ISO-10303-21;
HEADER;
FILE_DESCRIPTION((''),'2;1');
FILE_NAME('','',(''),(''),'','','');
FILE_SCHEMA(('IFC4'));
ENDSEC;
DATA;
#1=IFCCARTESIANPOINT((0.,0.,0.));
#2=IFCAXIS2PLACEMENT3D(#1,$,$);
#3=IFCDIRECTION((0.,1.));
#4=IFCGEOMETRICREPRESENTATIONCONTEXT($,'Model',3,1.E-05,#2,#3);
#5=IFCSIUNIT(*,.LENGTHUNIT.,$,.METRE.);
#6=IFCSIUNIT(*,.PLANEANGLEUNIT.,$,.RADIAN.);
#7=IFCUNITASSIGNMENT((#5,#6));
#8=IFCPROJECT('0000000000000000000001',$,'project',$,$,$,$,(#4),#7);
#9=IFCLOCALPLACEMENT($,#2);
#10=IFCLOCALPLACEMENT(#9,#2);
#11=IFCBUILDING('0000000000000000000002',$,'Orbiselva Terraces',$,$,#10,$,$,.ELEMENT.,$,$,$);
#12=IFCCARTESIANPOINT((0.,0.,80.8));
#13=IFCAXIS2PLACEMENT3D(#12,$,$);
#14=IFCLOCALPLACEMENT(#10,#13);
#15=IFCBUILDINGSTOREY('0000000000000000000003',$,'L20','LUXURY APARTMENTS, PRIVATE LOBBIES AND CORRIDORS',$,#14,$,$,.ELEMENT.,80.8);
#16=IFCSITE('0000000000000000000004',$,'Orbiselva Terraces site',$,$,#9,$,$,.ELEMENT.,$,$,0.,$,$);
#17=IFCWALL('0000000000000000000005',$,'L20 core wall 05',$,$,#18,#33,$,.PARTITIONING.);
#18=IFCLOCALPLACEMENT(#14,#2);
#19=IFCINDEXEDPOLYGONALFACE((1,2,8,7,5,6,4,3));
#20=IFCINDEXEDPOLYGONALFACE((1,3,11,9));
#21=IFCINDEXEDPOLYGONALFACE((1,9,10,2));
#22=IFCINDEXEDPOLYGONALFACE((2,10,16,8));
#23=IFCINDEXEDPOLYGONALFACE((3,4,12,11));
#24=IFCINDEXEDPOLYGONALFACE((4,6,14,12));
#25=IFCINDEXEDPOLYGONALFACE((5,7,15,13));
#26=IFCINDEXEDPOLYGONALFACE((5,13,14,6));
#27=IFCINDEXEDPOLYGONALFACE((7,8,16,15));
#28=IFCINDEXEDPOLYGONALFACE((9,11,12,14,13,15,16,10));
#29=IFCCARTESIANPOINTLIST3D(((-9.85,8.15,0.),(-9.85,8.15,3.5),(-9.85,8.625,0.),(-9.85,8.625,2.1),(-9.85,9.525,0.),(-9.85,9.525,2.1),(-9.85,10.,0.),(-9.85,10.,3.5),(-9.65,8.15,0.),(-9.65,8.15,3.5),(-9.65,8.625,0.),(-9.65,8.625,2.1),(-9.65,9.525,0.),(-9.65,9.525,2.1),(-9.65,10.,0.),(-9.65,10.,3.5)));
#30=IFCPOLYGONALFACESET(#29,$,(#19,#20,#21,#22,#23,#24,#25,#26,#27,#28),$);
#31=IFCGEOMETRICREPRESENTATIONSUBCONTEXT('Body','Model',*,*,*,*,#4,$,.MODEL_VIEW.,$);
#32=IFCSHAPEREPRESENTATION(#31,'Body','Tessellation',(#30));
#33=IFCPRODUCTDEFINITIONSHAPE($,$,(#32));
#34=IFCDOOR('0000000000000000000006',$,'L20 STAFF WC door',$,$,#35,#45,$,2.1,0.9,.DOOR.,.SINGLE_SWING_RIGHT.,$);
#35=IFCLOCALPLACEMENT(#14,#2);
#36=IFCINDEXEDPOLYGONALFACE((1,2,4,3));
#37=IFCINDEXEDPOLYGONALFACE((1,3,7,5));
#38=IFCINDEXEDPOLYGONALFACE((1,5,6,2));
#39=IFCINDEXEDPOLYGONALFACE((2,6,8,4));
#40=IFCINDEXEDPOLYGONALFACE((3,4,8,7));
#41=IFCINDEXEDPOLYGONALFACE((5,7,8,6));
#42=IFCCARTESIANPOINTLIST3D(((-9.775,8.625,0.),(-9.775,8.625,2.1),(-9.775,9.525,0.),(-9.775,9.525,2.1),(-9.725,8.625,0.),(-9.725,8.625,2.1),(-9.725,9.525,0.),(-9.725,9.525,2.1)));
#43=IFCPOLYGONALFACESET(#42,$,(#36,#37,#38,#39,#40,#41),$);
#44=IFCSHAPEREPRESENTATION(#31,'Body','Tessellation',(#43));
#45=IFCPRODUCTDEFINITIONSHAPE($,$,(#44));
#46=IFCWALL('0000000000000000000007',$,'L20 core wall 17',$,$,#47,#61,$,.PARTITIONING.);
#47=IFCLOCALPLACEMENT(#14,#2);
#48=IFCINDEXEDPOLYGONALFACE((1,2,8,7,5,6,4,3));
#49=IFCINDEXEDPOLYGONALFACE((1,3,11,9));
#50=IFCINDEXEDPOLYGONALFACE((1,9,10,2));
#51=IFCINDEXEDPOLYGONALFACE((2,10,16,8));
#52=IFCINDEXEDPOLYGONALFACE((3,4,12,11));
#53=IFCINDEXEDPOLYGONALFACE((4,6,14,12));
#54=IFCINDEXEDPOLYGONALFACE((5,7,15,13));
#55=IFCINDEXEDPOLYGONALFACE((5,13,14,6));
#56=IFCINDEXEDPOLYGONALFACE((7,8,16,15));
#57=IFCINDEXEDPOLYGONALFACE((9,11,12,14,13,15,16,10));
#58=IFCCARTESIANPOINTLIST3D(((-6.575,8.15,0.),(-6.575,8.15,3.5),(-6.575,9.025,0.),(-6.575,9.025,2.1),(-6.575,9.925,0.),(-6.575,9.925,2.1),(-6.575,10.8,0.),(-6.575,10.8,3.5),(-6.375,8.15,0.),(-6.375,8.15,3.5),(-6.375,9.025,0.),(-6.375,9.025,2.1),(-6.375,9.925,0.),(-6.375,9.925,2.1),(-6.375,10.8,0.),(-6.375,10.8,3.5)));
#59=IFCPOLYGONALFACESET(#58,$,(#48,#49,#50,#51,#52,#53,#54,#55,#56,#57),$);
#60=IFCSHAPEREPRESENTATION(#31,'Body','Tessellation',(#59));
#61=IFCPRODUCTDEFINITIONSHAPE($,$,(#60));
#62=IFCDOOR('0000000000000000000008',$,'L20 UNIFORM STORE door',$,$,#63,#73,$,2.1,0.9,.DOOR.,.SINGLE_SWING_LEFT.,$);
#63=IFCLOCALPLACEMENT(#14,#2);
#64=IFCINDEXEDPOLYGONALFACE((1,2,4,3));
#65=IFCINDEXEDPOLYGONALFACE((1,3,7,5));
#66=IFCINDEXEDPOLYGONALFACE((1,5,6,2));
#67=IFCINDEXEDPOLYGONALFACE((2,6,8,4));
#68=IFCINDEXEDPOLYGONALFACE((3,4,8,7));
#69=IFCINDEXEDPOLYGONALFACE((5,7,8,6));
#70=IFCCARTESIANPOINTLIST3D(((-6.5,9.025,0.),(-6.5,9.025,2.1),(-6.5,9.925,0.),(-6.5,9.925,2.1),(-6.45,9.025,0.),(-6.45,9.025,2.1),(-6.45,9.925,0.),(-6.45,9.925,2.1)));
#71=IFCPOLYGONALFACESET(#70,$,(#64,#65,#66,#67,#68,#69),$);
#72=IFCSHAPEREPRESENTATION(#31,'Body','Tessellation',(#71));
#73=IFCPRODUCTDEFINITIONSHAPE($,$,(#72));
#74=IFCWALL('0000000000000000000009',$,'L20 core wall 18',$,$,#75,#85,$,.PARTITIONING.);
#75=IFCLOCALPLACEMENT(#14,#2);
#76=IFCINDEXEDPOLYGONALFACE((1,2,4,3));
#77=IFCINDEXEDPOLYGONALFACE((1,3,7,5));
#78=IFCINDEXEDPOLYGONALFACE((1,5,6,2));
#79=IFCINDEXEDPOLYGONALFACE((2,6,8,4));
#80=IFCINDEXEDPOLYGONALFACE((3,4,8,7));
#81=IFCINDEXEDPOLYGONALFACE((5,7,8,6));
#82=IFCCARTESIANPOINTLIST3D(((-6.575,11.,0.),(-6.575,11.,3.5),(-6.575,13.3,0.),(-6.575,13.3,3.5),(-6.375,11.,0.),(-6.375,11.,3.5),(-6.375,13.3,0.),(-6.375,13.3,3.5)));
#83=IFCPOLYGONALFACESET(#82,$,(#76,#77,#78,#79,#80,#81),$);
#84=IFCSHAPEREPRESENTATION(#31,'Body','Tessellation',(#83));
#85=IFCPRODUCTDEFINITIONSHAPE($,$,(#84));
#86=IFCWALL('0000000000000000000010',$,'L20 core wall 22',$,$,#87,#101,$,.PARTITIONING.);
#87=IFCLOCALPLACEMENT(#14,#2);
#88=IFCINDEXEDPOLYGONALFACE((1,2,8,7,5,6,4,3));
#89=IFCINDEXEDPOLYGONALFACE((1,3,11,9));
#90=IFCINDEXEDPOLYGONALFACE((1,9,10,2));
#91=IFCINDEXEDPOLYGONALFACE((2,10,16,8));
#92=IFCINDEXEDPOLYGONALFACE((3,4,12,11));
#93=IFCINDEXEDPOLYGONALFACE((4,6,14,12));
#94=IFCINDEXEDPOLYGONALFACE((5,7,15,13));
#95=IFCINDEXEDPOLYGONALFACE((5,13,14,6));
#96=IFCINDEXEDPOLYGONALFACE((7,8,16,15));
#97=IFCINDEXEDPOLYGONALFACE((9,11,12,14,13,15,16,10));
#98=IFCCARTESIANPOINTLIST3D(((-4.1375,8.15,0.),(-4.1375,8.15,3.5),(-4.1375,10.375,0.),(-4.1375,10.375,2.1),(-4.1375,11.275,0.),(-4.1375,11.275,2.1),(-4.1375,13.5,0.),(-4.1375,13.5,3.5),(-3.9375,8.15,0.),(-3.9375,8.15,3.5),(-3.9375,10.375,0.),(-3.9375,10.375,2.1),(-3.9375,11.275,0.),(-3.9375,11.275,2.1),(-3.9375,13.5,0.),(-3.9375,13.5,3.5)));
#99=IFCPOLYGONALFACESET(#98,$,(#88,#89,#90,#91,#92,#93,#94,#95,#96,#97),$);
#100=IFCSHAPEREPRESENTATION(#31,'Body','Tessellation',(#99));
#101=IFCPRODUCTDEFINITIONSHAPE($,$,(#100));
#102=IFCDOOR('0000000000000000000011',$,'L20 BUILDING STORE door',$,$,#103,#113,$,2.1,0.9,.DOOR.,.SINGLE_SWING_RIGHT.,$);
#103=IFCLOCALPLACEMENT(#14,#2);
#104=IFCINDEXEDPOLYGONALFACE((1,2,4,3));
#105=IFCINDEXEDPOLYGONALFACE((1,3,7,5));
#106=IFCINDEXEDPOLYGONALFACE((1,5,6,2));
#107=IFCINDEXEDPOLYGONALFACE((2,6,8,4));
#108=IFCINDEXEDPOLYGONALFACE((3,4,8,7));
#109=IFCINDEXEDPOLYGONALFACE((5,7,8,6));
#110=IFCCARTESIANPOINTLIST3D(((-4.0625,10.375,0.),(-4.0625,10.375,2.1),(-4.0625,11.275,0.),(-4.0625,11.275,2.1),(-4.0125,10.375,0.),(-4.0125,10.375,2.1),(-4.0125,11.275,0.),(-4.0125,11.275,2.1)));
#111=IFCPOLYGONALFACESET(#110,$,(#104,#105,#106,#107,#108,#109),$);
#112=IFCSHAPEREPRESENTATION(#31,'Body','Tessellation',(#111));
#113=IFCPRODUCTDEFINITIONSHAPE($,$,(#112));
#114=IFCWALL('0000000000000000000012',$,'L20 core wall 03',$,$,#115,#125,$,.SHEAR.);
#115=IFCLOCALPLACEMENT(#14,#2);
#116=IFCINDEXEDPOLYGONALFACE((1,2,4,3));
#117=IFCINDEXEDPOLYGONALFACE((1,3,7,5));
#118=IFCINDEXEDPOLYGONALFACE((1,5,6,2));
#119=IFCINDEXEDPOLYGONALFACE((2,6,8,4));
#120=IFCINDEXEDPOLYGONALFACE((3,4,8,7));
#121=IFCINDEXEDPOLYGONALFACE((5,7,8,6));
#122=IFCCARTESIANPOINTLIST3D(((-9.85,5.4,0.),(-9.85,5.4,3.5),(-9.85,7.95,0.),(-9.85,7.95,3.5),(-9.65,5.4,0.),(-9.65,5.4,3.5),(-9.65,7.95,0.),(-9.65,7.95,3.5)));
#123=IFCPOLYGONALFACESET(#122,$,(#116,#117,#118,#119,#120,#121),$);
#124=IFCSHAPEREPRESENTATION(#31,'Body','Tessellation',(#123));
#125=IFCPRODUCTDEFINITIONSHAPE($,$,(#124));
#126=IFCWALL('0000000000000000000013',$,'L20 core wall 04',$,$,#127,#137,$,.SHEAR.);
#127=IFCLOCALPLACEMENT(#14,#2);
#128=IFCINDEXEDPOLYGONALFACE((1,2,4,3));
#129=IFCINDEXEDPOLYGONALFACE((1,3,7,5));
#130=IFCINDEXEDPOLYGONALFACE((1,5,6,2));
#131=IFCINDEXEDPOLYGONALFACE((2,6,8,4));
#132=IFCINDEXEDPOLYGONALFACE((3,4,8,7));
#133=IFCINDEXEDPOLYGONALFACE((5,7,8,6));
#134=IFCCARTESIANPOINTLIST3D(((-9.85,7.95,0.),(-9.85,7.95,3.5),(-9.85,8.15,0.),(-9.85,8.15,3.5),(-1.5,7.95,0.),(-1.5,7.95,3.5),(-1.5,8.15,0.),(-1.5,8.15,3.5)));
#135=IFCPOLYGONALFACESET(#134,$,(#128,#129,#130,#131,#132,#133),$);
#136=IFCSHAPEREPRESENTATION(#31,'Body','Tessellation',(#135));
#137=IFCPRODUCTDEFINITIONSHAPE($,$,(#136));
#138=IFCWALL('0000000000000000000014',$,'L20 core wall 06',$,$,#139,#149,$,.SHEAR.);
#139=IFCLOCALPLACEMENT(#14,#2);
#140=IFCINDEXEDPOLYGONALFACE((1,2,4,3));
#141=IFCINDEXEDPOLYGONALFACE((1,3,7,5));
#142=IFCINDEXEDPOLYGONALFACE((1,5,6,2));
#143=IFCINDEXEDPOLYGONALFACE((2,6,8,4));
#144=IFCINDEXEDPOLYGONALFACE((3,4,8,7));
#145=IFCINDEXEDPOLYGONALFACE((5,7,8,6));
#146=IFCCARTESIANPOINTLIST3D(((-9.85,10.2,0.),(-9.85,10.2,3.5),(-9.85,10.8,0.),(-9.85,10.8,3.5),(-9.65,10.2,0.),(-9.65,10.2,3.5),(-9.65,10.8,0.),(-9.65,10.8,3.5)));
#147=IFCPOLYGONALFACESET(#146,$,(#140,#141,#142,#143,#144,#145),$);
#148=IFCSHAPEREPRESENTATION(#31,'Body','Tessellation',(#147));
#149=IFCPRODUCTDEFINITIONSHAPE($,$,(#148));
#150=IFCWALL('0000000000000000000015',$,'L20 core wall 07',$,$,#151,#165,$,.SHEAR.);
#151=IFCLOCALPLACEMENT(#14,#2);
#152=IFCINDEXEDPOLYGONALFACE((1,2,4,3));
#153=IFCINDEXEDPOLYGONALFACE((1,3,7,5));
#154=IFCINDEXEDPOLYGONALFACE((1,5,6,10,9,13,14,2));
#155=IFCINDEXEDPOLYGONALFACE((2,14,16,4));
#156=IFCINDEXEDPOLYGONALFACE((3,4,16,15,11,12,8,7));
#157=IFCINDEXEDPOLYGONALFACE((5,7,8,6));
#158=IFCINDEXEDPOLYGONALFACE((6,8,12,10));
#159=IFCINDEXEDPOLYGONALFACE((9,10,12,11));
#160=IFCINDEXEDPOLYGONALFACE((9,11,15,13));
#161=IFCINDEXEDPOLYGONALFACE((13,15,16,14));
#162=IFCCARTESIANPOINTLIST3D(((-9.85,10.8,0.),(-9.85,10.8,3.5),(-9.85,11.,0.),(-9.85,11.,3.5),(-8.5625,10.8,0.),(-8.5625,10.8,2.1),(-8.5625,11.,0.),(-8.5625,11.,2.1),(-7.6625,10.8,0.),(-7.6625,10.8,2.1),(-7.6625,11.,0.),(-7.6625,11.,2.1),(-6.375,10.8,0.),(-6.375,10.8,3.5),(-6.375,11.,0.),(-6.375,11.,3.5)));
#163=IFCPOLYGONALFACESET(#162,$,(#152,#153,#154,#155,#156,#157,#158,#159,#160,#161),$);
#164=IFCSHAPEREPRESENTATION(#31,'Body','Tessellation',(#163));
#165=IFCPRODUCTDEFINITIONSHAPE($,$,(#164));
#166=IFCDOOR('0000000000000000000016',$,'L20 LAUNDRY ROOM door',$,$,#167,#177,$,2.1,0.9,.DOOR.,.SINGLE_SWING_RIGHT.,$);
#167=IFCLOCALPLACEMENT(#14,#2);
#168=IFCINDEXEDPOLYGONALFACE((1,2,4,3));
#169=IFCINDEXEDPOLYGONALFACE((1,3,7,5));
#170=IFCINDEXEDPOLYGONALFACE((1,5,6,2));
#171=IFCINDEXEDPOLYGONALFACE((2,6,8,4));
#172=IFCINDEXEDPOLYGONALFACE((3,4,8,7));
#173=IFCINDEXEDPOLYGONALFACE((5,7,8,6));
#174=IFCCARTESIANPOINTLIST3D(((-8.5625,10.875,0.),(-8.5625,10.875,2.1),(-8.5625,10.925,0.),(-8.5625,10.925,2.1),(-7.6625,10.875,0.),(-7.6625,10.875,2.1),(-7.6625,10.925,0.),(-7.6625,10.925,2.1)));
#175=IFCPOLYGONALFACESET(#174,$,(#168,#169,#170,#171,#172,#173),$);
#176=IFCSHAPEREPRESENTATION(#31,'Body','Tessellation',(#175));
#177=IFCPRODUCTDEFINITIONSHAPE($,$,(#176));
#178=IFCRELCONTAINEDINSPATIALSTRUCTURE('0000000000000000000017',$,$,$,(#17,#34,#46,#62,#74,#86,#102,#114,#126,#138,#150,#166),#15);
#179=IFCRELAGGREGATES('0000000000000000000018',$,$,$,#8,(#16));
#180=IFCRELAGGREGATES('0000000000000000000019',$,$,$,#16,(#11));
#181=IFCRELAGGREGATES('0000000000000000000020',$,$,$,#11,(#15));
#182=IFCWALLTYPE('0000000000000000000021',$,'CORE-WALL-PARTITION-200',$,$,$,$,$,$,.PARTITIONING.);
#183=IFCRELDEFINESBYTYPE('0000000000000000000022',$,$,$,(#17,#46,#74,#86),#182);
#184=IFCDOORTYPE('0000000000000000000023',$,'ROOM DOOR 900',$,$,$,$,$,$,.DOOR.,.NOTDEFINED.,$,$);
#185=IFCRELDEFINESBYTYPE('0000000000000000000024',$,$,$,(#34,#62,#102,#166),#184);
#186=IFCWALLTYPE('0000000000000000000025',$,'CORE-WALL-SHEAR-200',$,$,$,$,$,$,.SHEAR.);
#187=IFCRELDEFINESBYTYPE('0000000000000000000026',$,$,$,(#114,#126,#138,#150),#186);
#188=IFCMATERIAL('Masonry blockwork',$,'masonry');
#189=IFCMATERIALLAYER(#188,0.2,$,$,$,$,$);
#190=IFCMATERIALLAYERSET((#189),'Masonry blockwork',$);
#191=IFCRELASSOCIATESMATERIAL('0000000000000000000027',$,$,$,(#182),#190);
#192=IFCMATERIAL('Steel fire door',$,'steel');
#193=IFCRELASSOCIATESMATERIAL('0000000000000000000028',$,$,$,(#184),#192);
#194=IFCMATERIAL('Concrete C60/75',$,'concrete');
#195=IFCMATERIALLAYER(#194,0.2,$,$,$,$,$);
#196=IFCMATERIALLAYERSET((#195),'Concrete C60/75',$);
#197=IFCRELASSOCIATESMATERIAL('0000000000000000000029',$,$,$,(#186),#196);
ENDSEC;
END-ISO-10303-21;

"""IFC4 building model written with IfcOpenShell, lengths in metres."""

from ifc_helpers import new_model, si_unit, direction, frame, frame_2d, origin, place, context, subcontext, project, spatial, rectangle, extrude, material, layer, layer_set, type_object, element, fill, save


model = new_model("IFC4")

# Units and contexts
model_context = context("Model", 3, precision=1e-05, world=origin(), true_north=direction((0.0, 1.0)))
body_context = subcontext(model_context, "Body", "Model", "MODEL_VIEW")
ifc_project = project(units=[si_unit("LENGTHUNIT", "METRE"), si_unit("PLANEANGLEUNIT", "RADIAN")], contexts=[model_context])

# Site, building, storey
site_placement = place(None, origin())
site = spatial("IfcSite", under=ifc_project, at=site_placement, Name="Orbiselva Terraces site", CompositionType="ELEMENT", RefElevation=0.0)
building_placement = place(site_placement, origin())
building = spatial("IfcBuilding", under=site, at=building_placement, Name="Orbiselva Terraces", CompositionType="ELEMENT")
storey_placement = place(building_placement, frame((0.0, 0.0, 80.8)))
storey = spatial("IfcBuildingStorey", under=building, at=storey_placement, Name="L20", Description="LUXURY APARTMENTS, PRIVATE LOBBIES AND CORRIDORS", CompositionType="ELEMENT", Elevation=80.8)

# Walls, openings, doors
ifc_material_1 = material(Name="Masonry blockwork", Category="masonry")
ifc_layer_1 = layer(ifc_material_1, 0.2)
ifc_layer_set_1 = layer_set([ifc_layer_1], Name="Masonry blockwork")
wall_type_1 = type_object("IfcWallType", Name="CORE-WALL-PARTITION-200", PredefinedType="PARTITIONING", material=ifc_layer_set_1)
wall_1_placement = place(storey_placement, frame((-9.75, 8.15, 0.0), z_axis=(0.0, 0.0, 1.0), x_axis=(0.0, 1.0, 0.0)))
wall_1 = element("IfcWall", 1, at=wall_1_placement, inside=storey, type_object=wall_type_1, Name="L20 core wall 05", PredefinedType="PARTITIONING", context=body_context, shape_type="SweptSolid", body=[
    extrude(rectangle(XDim=1.85, YDim=0.2, at=frame_2d((0.925, 0.0))), origin(), (0.0, 0.0, 1.0), 3.5),
])
opening_1_placement = place(wall_1_placement, frame((0.475, 0.0, 0.0)))
opening_1 = element("IfcOpeningElement", 2, at=opening_1_placement, cuts=wall_1, PredefinedType="OPENING", context=body_context, shape_type="SweptSolid", body=[
    extrude(rectangle(XDim=0.9, YDim=2.1, at=frame_2d((0.45, 1.05))), frame((0.0, 0.11, 0.0), z_axis=(0.0, -1.0, 0.0), x_axis=(1.0, 0.0, 0.0)), (0.0, 0.0, 1.0), 0.22),
])
ifc_material_2 = material(Name="Steel fire door", Category="steel")
door_type = type_object("IfcDoorType", Name="ROOM DOOR 900", OperationType="NOTDEFINED", PredefinedType="DOOR", material=ifc_material_2)
door_1_placement = place(opening_1_placement, origin())
door_1 = element("IfcDoor", 3, at=door_1_placement, inside=storey, type_object=door_type, Name="L20 STAFF WC door", OperationType="SINGLE_SWING_RIGHT", OverallHeight=2.1, OverallWidth=0.9, PredefinedType="DOOR", context=body_context, shape_type="SweptSolid", body=[
    extrude(rectangle(XDim=0.9, YDim=2.1, at=frame_2d((0.45, 1.05))), frame((0.0, 0.025, 0.0), z_axis=(0.0, -1.0, 0.0), x_axis=(1.0, 0.0, 0.0)), (0.0, 0.0, 1.0), 0.05),
])
fill(opening_1, door_1)
wall_2_placement = place(storey_placement, frame((-6.475, 8.15, 0.0), z_axis=(0.0, 0.0, 1.0), x_axis=(0.0, 1.0, 0.0)))
wall_2 = element("IfcWall", 4, at=wall_2_placement, inside=storey, type_object=wall_type_1, Name="L20 core wall 17", PredefinedType="PARTITIONING", context=body_context, shape_type="SweptSolid", body=[
    extrude(rectangle(XDim=2.65, YDim=0.2, at=frame_2d((1.325, 0.0))), origin(), (0.0, 0.0, 1.0), 3.5),
])
opening_2_placement = place(wall_2_placement, frame((0.875, 0.0, 0.0)))
opening_2 = element("IfcOpeningElement", 5, at=opening_2_placement, cuts=wall_2, PredefinedType="OPENING", context=body_context, shape_type="SweptSolid", body=[
    extrude(rectangle(XDim=0.9, YDim=2.1, at=frame_2d((0.45, 1.05))), frame((0.0, 0.11, 0.0), z_axis=(0.0, -1.0, 0.0), x_axis=(1.0, 0.0, 0.0)), (0.0, 0.0, 1.0), 0.22),
])
door_2_placement = place(opening_2_placement, origin())
door_2 = element("IfcDoor", 6, at=door_2_placement, inside=storey, type_object=door_type, Name="L20 UNIFORM STORE door", OperationType="SINGLE_SWING_LEFT", OverallHeight=2.1, OverallWidth=0.9, PredefinedType="DOOR", context=body_context, shape_type="SweptSolid", body=[
    extrude(rectangle(XDim=0.9, YDim=2.1, at=frame_2d((0.45, 1.05))), frame((0.0, 0.025, 0.0), z_axis=(0.0, -1.0, 0.0), x_axis=(1.0, 0.0, 0.0)), (0.0, 0.0, 1.0), 0.05),
])
fill(opening_2, door_2)

# Wall
wall_3_placement = place(storey_placement, frame((-6.475, 11.0, 0.0), z_axis=(0.0, 0.0, 1.0), x_axis=(0.0, 1.0, 0.0)))
element("IfcWall", 7, at=wall_3_placement, inside=storey, type_object=wall_type_1, Name="L20 core wall 18", PredefinedType="PARTITIONING", context=body_context, shape_type="SweptSolid", body=[
    extrude(rectangle(XDim=2.3, YDim=0.2, at=frame_2d((1.15, 0.0))), origin(), (0.0, 0.0, 1.0), 3.5),
])

# Wall, opening, door
wall_4_placement = place(storey_placement, frame((-4.0375, 8.15, 0.0), z_axis=(0.0, 0.0, 1.0), x_axis=(0.0, 1.0, 0.0)))
wall_4 = element("IfcWall", 8, at=wall_4_placement, inside=storey, type_object=wall_type_1, Name="L20 core wall 22", PredefinedType="PARTITIONING", context=body_context, shape_type="SweptSolid", body=[
    extrude(rectangle(XDim=5.35, YDim=0.2, at=frame_2d((2.675, 0.0))), origin(), (0.0, 0.0, 1.0), 3.5),
])
opening_3_placement = place(wall_4_placement, frame((2.225, 0.0, 0.0)))
opening_3 = element("IfcOpeningElement", 9, at=opening_3_placement, cuts=wall_4, PredefinedType="OPENING", context=body_context, shape_type="SweptSolid", body=[
    extrude(rectangle(XDim=0.9, YDim=2.1, at=frame_2d((0.45, 1.05))), frame((0.0, 0.11, 0.0), z_axis=(0.0, -1.0, 0.0), x_axis=(1.0, 0.0, 0.0)), (0.0, 0.0, 1.0), 0.22),
])
door_3_placement = place(opening_3_placement, origin())
door_3 = element("IfcDoor", 10, at=door_3_placement, inside=storey, type_object=door_type, Name="L20 BUILDING STORE door", OperationType="SINGLE_SWING_RIGHT", OverallHeight=2.1, OverallWidth=0.9, PredefinedType="DOOR", context=body_context, shape_type="SweptSolid", body=[
    extrude(rectangle(XDim=0.9, YDim=2.1, at=frame_2d((0.45, 1.05))), frame((0.0, 0.025, 0.0), z_axis=(0.0, -1.0, 0.0), x_axis=(1.0, 0.0, 0.0)), (0.0, 0.0, 1.0), 0.05),
])
fill(opening_3, door_3)

# Walls
ifc_material_3 = material(Name="Concrete C60/75", Category="concrete")
ifc_layer_2 = layer(ifc_material_3, 0.2)
ifc_layer_set_2 = layer_set([ifc_layer_2], Name="Concrete C60/75")
wall_type_2 = type_object("IfcWallType", Name="CORE-WALL-SHEAR-200", PredefinedType="SHEAR", material=ifc_layer_set_2)
wall_5_placement = place(storey_placement, frame((-9.75, 5.4, 0.0), z_axis=(0.0, 0.0, 1.0), x_axis=(0.0, 1.0, 0.0)))
element("IfcWall", 11, at=wall_5_placement, inside=storey, type_object=wall_type_2, Name="L20 core wall 03", PredefinedType="SHEAR", context=body_context, shape_type="SweptSolid", body=[
    extrude(rectangle(XDim=2.55, YDim=0.2, at=frame_2d((1.275, 0.0))), origin(), (0.0, 0.0, 1.0), 3.5),
])
wall_6_placement = place(storey_placement, frame((-9.85, 8.05, 0.0), z_axis=(0.0, 0.0, 1.0), x_axis=(1.0, 0.0, 0.0)))
element("IfcWall", 12, at=wall_6_placement, inside=storey, type_object=wall_type_2, Name="L20 core wall 04", PredefinedType="SHEAR", context=body_context, shape_type="SweptSolid", body=[
    extrude(rectangle(XDim=8.35, YDim=0.2, at=frame_2d((4.175, 0.0))), origin(), (0.0, 0.0, 1.0), 3.5),
])
wall_7_placement = place(storey_placement, frame((-9.75, 10.2, 0.0), z_axis=(0.0, 0.0, 1.0), x_axis=(0.0, 1.0, 0.0)))
element("IfcWall", 13, at=wall_7_placement, inside=storey, type_object=wall_type_2, Name="L20 core wall 06", PredefinedType="SHEAR", context=body_context, shape_type="SweptSolid", body=[
    extrude(rectangle(XDim=0.6, YDim=0.2, at=frame_2d((0.3, 0.0))), origin(), (0.0, 0.0, 1.0), 3.5),
])

# Wall, opening, door
wall_8_placement = place(storey_placement, frame((-9.85, 10.9, 0.0), z_axis=(0.0, 0.0, 1.0), x_axis=(1.0, 0.0, 0.0)))
wall_8 = element("IfcWall", 14, at=wall_8_placement, inside=storey, type_object=wall_type_2, Name="L20 core wall 07", PredefinedType="SHEAR", context=body_context, shape_type="SweptSolid", body=[
    extrude(rectangle(XDim=3.475, YDim=0.2, at=frame_2d((1.7375, 0.0))), origin(), (0.0, 0.0, 1.0), 3.5),
])
opening_4_placement = place(wall_8_placement, frame((1.2875, 0.0, 0.0)))
opening_4 = element("IfcOpeningElement", 15, at=opening_4_placement, cuts=wall_8, PredefinedType="OPENING", context=body_context, shape_type="SweptSolid", body=[
    extrude(rectangle(XDim=0.9, YDim=2.1, at=frame_2d((0.45, 1.05))), frame((0.0, 0.11, 0.0), z_axis=(0.0, -1.0, 0.0), x_axis=(1.0, 0.0, 0.0)), (0.0, 0.0, 1.0), 0.22),
])
door_4_placement = place(opening_4_placement, origin())
door_4 = element("IfcDoor", 16, at=door_4_placement, inside=storey, type_object=door_type, Name="L20 LAUNDRY ROOM door", OperationType="SINGLE_SWING_RIGHT", OverallHeight=2.1, OverallWidth=0.9, PredefinedType="DOOR", context=body_context, shape_type="SweptSolid", body=[
    extrude(rectangle(XDim=0.9, YDim=2.1, at=frame_2d((0.45, 1.05))), frame((0.0, 0.025, 0.0), z_axis=(0.0, -1.0, 0.0), x_axis=(1.0, 0.0, 0.0)), (0.0, 0.0, 1.0), 0.05),
])
fill(opening_4, door_4)

save(model, "model.ifc")
